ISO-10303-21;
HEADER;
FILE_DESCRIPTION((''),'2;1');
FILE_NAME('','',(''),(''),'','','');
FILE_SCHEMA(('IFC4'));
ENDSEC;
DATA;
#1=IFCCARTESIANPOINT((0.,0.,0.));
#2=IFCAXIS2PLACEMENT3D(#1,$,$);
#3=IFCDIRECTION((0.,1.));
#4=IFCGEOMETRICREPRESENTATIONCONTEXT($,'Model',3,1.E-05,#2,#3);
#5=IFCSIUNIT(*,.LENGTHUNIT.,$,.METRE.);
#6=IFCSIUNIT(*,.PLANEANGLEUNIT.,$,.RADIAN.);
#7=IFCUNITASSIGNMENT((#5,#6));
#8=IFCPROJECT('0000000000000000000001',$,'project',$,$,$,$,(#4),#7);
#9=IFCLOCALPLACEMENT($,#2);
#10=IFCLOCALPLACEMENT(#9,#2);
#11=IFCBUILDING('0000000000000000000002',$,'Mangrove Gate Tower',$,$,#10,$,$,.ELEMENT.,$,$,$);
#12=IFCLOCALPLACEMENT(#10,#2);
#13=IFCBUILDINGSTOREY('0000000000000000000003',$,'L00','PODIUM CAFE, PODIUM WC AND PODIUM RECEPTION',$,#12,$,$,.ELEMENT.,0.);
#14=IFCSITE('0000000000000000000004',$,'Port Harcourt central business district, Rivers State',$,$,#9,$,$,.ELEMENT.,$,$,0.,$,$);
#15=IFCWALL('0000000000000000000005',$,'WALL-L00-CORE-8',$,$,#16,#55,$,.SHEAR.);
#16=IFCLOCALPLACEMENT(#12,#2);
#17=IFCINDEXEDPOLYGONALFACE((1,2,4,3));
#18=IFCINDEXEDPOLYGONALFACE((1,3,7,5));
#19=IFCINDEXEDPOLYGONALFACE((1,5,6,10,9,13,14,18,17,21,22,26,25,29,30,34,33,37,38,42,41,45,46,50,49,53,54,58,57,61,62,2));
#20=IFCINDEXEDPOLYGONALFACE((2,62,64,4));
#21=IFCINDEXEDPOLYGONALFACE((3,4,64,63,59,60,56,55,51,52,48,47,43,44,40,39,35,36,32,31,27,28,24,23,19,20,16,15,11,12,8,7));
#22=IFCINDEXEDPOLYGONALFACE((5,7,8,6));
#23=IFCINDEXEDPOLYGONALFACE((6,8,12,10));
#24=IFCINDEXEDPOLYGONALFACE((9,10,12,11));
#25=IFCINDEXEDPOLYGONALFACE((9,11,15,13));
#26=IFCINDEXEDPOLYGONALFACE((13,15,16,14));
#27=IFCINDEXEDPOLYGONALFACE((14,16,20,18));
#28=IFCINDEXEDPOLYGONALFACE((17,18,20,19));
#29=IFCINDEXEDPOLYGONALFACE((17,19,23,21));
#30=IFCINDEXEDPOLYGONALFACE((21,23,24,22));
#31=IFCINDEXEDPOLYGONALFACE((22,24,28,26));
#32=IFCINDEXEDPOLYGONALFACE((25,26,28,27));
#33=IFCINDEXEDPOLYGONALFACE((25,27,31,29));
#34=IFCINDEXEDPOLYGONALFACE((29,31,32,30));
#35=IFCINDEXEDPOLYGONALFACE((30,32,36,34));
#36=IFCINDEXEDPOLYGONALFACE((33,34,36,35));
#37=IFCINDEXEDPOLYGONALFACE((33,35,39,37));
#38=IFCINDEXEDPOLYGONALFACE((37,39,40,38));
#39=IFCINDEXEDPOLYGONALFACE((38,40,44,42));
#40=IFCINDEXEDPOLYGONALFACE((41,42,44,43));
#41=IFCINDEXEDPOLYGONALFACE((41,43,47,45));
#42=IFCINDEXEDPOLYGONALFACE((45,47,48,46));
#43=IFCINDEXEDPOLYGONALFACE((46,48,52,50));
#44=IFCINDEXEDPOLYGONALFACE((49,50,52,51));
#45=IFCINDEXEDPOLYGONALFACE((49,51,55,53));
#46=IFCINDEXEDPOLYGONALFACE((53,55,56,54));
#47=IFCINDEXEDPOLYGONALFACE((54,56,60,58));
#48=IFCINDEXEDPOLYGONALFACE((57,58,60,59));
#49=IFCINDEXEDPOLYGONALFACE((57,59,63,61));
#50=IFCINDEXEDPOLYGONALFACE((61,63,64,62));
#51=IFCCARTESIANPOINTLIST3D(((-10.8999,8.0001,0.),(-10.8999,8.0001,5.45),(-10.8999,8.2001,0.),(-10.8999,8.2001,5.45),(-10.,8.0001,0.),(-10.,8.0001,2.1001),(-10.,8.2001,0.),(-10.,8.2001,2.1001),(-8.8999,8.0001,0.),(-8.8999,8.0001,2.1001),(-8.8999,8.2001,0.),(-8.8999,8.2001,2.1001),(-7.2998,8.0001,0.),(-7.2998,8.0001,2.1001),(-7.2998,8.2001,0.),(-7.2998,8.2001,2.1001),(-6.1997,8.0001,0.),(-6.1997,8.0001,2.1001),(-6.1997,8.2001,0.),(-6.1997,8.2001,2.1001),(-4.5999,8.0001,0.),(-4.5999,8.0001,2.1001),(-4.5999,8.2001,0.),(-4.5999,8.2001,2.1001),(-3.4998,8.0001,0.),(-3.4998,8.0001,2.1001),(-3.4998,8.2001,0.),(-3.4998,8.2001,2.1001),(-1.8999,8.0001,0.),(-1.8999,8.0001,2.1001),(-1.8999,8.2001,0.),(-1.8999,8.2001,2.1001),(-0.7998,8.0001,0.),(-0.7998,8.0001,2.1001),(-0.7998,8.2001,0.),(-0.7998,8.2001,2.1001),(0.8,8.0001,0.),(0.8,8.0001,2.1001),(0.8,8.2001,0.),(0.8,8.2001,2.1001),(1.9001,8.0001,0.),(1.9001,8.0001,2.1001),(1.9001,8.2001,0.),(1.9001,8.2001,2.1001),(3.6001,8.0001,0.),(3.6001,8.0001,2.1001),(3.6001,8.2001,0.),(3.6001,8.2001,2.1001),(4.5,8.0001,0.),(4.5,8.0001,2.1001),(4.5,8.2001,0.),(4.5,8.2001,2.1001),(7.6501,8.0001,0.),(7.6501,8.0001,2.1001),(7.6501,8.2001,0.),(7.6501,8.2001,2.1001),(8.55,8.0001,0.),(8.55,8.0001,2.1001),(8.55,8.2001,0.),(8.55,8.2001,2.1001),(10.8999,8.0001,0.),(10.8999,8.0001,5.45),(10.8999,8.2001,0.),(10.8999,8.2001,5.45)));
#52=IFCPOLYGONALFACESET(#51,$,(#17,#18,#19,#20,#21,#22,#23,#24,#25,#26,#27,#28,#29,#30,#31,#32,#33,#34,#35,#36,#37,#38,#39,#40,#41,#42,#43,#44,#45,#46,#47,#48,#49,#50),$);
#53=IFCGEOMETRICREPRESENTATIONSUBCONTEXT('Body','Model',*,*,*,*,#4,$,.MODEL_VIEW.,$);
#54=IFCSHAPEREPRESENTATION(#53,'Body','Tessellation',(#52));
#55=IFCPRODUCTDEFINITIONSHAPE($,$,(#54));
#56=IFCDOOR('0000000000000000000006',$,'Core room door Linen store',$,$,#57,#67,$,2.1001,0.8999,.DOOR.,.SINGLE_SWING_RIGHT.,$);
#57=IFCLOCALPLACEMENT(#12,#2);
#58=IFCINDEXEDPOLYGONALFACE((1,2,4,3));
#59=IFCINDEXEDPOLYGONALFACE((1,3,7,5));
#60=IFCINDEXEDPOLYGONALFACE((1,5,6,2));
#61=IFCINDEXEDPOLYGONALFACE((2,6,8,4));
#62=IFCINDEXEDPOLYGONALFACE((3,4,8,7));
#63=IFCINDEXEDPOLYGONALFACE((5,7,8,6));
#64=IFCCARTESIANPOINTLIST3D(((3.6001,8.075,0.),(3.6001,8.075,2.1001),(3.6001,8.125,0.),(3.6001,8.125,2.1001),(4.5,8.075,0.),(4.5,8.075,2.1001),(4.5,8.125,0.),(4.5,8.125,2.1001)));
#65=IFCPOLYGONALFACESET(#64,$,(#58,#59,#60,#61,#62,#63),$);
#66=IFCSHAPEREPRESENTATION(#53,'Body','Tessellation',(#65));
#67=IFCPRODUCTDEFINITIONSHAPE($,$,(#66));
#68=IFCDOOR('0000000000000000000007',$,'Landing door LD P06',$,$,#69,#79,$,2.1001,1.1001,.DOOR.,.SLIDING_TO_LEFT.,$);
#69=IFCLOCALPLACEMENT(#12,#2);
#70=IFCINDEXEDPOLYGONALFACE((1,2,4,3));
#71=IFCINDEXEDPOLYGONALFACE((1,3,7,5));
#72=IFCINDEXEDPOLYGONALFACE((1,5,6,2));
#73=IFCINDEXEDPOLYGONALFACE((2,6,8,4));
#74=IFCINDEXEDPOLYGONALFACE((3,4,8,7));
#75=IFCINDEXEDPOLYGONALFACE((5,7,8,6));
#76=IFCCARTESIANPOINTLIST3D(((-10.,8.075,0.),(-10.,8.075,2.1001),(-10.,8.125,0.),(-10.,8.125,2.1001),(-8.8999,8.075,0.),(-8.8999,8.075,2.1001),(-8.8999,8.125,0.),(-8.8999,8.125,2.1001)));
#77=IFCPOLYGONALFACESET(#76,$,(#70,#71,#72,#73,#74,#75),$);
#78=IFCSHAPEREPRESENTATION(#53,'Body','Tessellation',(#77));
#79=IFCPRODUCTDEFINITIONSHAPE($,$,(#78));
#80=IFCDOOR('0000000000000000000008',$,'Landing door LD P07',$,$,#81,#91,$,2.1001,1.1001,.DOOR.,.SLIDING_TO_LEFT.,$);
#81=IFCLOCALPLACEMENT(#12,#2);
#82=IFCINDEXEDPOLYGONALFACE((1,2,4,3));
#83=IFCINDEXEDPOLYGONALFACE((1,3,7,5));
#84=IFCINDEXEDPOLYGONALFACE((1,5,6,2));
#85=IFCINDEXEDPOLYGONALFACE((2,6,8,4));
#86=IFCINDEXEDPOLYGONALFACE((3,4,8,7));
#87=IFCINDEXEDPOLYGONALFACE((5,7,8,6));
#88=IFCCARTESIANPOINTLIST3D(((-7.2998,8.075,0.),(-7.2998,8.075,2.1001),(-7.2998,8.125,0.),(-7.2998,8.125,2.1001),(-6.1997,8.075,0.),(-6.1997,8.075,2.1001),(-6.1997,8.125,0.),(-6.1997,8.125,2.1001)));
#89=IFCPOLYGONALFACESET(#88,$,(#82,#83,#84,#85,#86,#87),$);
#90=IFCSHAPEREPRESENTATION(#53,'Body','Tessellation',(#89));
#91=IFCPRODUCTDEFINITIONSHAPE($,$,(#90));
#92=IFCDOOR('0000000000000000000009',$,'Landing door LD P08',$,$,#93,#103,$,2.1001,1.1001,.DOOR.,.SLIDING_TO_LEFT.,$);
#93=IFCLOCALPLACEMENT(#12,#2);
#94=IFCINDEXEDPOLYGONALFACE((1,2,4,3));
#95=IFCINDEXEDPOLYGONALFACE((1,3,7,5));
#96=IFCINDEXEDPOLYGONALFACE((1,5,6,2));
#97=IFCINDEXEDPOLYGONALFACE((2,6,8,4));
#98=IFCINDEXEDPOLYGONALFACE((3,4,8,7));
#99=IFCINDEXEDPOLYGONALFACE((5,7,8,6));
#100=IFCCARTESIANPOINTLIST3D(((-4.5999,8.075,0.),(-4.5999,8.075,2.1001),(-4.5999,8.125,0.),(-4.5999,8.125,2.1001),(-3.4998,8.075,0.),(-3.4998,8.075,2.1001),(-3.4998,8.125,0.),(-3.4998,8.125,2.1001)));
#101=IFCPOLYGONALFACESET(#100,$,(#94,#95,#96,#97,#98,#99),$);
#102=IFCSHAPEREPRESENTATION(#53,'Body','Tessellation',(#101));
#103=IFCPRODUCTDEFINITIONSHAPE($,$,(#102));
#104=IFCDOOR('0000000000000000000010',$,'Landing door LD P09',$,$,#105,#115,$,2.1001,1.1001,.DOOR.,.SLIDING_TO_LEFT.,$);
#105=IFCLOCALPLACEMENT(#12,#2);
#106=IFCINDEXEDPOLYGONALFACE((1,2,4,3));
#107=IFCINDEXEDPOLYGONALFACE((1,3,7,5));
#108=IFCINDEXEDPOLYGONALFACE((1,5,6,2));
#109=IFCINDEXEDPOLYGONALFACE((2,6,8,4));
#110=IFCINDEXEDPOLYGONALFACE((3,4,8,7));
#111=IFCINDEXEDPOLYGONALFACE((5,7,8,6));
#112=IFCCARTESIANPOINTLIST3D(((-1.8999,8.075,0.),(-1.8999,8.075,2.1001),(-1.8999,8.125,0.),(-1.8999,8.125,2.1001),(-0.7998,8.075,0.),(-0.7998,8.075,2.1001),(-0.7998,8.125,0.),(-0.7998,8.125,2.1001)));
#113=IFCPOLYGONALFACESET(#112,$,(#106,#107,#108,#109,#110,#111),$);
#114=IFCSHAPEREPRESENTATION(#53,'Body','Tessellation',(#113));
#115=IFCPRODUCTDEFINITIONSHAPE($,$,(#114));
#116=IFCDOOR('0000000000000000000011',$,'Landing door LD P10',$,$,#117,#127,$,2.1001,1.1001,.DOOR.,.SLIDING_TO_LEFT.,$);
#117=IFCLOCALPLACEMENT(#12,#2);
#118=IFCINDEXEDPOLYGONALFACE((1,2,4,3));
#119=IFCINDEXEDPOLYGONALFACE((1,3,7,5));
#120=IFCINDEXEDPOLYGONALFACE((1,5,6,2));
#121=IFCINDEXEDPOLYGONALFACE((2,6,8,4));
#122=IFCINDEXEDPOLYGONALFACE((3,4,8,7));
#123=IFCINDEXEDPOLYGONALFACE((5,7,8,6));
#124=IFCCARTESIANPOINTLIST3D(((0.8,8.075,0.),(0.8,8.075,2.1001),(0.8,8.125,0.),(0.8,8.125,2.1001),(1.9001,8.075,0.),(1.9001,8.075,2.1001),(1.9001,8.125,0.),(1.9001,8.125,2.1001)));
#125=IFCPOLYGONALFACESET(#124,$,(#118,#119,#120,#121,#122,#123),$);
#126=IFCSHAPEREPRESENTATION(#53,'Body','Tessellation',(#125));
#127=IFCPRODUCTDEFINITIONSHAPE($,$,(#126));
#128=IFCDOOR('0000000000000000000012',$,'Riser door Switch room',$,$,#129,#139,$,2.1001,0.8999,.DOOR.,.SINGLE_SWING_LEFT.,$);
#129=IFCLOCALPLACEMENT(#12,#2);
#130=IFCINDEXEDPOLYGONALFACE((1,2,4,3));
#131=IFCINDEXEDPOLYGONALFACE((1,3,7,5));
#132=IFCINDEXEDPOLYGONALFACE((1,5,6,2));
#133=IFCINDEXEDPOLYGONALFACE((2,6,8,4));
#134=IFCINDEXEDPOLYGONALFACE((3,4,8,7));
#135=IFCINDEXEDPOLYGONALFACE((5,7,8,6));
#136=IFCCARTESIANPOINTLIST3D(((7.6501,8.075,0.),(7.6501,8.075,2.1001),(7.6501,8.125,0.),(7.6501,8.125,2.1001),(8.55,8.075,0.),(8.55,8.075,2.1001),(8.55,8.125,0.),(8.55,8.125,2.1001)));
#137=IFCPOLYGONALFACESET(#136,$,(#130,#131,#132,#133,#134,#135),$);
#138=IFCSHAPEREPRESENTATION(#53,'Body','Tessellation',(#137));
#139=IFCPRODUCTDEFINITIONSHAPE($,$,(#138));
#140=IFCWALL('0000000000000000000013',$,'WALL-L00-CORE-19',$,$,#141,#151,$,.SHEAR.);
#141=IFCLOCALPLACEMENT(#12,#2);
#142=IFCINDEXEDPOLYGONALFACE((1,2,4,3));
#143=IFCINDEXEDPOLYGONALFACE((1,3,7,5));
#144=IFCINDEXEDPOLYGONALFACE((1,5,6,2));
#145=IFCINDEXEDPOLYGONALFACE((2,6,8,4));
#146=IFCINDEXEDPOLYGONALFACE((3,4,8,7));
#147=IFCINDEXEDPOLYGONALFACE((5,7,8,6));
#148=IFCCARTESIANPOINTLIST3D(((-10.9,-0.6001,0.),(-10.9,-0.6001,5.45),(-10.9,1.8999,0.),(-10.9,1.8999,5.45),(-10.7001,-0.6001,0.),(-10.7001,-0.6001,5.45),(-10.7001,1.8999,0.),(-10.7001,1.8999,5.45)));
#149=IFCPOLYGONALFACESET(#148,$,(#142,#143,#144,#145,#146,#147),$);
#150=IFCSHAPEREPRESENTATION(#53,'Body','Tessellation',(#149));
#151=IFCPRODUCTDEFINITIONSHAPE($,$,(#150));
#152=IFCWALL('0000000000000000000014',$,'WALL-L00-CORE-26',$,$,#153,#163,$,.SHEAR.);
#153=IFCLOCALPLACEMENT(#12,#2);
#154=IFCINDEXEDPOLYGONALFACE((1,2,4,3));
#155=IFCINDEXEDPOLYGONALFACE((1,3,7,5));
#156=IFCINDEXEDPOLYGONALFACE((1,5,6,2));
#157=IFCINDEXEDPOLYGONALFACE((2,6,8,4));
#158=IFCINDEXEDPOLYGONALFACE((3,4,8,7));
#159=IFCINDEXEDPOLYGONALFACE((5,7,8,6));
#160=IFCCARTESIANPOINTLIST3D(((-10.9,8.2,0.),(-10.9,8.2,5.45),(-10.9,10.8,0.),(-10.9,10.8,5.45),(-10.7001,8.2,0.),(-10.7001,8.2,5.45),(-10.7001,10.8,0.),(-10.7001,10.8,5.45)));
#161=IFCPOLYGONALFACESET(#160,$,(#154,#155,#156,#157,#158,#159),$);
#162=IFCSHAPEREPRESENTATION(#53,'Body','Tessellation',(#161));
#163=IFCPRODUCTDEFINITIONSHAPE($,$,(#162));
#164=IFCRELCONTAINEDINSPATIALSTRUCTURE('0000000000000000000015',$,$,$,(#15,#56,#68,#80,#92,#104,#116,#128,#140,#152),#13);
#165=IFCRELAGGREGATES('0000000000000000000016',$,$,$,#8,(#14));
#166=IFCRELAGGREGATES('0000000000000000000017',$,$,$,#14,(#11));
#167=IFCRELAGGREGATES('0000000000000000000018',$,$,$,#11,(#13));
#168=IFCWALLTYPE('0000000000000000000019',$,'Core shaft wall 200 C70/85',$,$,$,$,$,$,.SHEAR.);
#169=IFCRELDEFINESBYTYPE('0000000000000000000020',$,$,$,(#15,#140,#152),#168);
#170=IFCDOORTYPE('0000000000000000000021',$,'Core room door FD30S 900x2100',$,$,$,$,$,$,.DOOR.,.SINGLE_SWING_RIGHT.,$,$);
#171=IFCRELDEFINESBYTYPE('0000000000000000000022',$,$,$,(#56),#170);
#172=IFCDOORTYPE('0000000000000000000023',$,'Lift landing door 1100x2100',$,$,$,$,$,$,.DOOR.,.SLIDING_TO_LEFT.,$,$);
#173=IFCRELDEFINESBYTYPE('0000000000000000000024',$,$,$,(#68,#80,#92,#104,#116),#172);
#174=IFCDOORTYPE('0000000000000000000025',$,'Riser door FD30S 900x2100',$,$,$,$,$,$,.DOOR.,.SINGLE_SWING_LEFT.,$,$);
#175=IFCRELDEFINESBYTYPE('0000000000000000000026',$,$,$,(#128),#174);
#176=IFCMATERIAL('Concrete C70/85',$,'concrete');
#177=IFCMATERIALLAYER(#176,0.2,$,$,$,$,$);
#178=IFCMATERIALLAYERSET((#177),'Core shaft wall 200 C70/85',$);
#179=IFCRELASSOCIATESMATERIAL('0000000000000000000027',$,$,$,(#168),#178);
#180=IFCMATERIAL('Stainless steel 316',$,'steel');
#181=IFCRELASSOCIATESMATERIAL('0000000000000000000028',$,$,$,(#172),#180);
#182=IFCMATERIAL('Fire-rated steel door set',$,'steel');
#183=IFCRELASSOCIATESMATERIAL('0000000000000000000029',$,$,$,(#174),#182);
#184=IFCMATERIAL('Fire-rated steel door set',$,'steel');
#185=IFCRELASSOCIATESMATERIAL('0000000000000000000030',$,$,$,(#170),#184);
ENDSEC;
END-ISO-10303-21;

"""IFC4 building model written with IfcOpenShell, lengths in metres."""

from ifc_helpers import new_model, si_unit, direction, frame, frame_2d, origin, place, context, subcontext, project, spatial, rectangle, extrude, material, layer, layer_set, type_object, element, fill, save


model = new_model("IFC4")

# Units and contexts
model_context = context("Model", 3, precision=1e-05, world=origin(), true_north=direction((0.0, 1.0)))
body_context = subcontext(model_context, "Body", "Model", "MODEL_VIEW")
ifc_project = project(units=[si_unit("LENGTHUNIT", "METRE"), si_unit("PLANEANGLEUNIT", "RADIAN")], contexts=[model_context])

# Site, building, storey
site_placement = place(None, origin())
site = spatial("IfcSite", under=ifc_project, at=site_placement, Name="Port Harcourt central business district, Rivers State", CompositionType="ELEMENT", RefElevation=0.0)
building_placement = place(site_placement, origin())
building = spatial("IfcBuilding", under=site, at=building_placement, Name="Mangrove Gate Tower", CompositionType="ELEMENT")
storey_placement = place(building_placement, origin())
storey = spatial("IfcBuildingStorey", under=building, at=storey_placement, Name="L00", Description="PODIUM CAFE, PODIUM WC AND PODIUM RECEPTION", CompositionType="ELEMENT", Elevation=0.0)

# Shared definitions
ifc_material_1 = material(Name="Concrete C70/85", Category="concrete")
ifc_layer = layer(ifc_material_1, 0.2)
ifc_layer_set = layer_set([ifc_layer], Name="Core shaft wall 200 C70/85")
wall_type = type_object("IfcWallType", Name="Core shaft wall 200 C70/85", PredefinedType="SHEAR", material=ifc_layer_set)

# Wall, openings, doors
ifc_material_2 = material(Name="Stainless steel 316", Category="steel")
door_type_1 = type_object("IfcDoorType", Name="Lift landing door 1100x2100", OperationType="SLIDING_TO_LEFT", PredefinedType="DOOR", material=ifc_material_2)
ifc_material_3 = material(Name="Fire-rated steel door set", Category="steel")
door_type_2 = type_object("IfcDoorType", Name="Riser door FD30S 900x2100", OperationType="SINGLE_SWING_LEFT", PredefinedType="DOOR", material=ifc_material_3)
wall_1_placement = place(storey_placement, frame((-10.8999, 8.1001, 0.0), z_axis=(0.0, 0.0, 1.0), x_axis=(1.0, 0.0, 0.0)))
wall_1 = element("IfcWall", 1, at=wall_1_placement, inside=storey, type_object=wall_type, Name="WALL-L00-CORE-8", PredefinedType="SHEAR", context=body_context, shape_type="SweptSolid", body=[
    extrude(rectangle(XDim=21.7998, YDim=0.2, at=frame_2d((10.8999, 0.0))), origin(), (0.0, 0.0, 1.0), 5.45),
])
opening_1_placement = place(wall_1_placement, frame((0.8999, 0.0, 0.0)))
opening_1 = element("IfcOpeningElement", 2, at=opening_1_placement, cuts=wall_1, PredefinedType="OPENING", context=body_context, shape_type="SweptSolid", body=[
    extrude(rectangle(XDim=1.1001, YDim=2.1001, at=frame_2d((0.55, 1.05))), frame((0.0, 0.1099, 0.0), z_axis=(0.0, -1.0, 0.0), x_axis=(1.0, 0.0, 0.0)), (0.0, 0.0, 1.0), 0.22),
])
opening_2_placement = place(wall_1_placement, frame((3.6001, 0.0, 0.0)))
opening_2 = element("IfcOpeningElement", 3, at=opening_2_placement, cuts=wall_1, PredefinedType="OPENING", context=body_context, shape_type="SweptSolid", body=[
    extrude(rectangle(XDim=1.1001, YDim=2.1001, at=frame_2d((0.55, 1.05))), frame((0.0, 0.1099, 0.0), z_axis=(0.0, -1.0, 0.0), x_axis=(1.0, 0.0, 0.0)), (0.0, 0.0, 1.0), 0.22),
])
opening_3_placement = place(wall_1_placement, frame((6.3, 0.0, 0.0)))
opening_3 = element("IfcOpeningElement", 4, at=opening_3_placement, cuts=wall_1, PredefinedType="OPENING", context=body_context, shape_type="SweptSolid", body=[
    extrude(rectangle(XDim=1.1001, YDim=2.1001, at=frame_2d((0.55, 1.05))), frame((0.0, 0.1099, 0.0), z_axis=(0.0, -1.0, 0.0), x_axis=(1.0, 0.0, 0.0)), (0.0, 0.0, 1.0), 0.22),
])
opening_4_placement = place(wall_1_placement, frame((9.0, 0.0, 0.0)))
opening_4 = element("IfcOpeningElement", 5, at=opening_4_placement, cuts=wall_1, PredefinedType="OPENING", context=body_context, shape_type="SweptSolid", body=[
    extrude(rectangle(XDim=1.1001, YDim=2.1001, at=frame_2d((0.55, 1.05))), frame((0.0, 0.1099, 0.0), z_axis=(0.0, -1.0, 0.0), x_axis=(1.0, 0.0, 0.0)), (0.0, 0.0, 1.0), 0.22),
])
opening_5_placement = place(wall_1_placement, frame((11.7, 0.0, 0.0)))
opening_5 = element("IfcOpeningElement", 6, at=opening_5_placement, cuts=wall_1, PredefinedType="OPENING", context=body_context, shape_type="SweptSolid", body=[
    extrude(rectangle(XDim=1.1001, YDim=2.1001, at=frame_2d((0.55, 1.05))), frame((0.0, 0.1099, 0.0), z_axis=(0.0, -1.0, 0.0), x_axis=(1.0, 0.0, 0.0)), (0.0, 0.0, 1.0), 0.22),
])
opening_6_placement = place(wall_1_placement, frame((14.5, 0.0, 0.0)))
opening_6 = element("IfcOpeningElement", 7, at=opening_6_placement, cuts=wall_1, PredefinedType="OPENING", context=body_context, shape_type="SweptSolid", body=[
    extrude(rectangle(XDim=0.8999, YDim=2.1001, at=frame_2d((0.45, 1.05))), frame((0.0, 0.1099, 0.0), z_axis=(0.0, -1.0, 0.0), x_axis=(1.0, 0.0, 0.0)), (0.0, 0.0, 1.0), 0.22),
])
opening_7_placement = place(wall_1_placement, frame((18.55, 0.0, 0.0)))
opening_7 = element("IfcOpeningElement", 8, at=opening_7_placement, cuts=wall_1, PredefinedType="OPENING", context=body_context, shape_type="SweptSolid", body=[
    extrude(rectangle(XDim=0.8999, YDim=2.1001, at=frame_2d((0.45, 1.05))), frame((0.0, 0.1099, 0.0), z_axis=(0.0, -1.0, 0.0), x_axis=(1.0, 0.0, 0.0)), (0.0, 0.0, 1.0), 0.22),
])
ifc_material_4 = material(Name="Fire-rated steel door set", Category="steel")
door_type_3 = type_object("IfcDoorType", Name="Core room door FD30S 900x2100", OperationType="SINGLE_SWING_RIGHT", PredefinedType="DOOR", material=ifc_material_4)
door_1_placement = place(opening_6_placement, origin())
door_1 = element("IfcDoor", 9, at=door_1_placement, inside=storey, type_object=door_type_3, Name="Core room door Linen store", OperationType="SINGLE_SWING_RIGHT", OverallHeight=2.1001, OverallWidth=0.8999, PredefinedType="DOOR", context=body_context, shape_type="SweptSolid", body=[
    extrude(rectangle(XDim=0.8999, YDim=2.1001, at=frame_2d((0.45, 1.05))), frame((0.0, 0.0249, 0.0), z_axis=(0.0, -1.0, 0.0), x_axis=(1.0, 0.0, 0.0)), (0.0, 0.0, 1.0), 0.05),
])
fill(opening_6, door_1)
door_2_placement = place(opening_1_placement, origin())
door_2 = element("IfcDoor", 10, at=door_2_placement, inside=storey, type_object=door_type_1, Name="Landing door LD P06", OperationType="SLIDING_TO_LEFT", OverallHeight=2.1001, OverallWidth=1.1001, PredefinedType="DOOR", context=body_context, shape_type="SweptSolid", body=[
    extrude(rectangle(XDim=1.1001, YDim=2.1001, at=frame_2d((0.55, 1.05))), frame((0.0, 0.0249, 0.0), z_axis=(0.0, -1.0, 0.0), x_axis=(1.0, 0.0, 0.0)), (0.0, 0.0, 1.0), 0.05),
])
fill(opening_1, door_2)
door_3_placement = place(opening_2_placement, origin())
door_3 = element("IfcDoor", 11, at=door_3_placement, inside=storey, type_object=door_type_1, Name="Landing door LD P07", OperationType="SLIDING_TO_LEFT", OverallHeight=2.1001, OverallWidth=1.1001, PredefinedType="DOOR", context=body_context, shape_type="SweptSolid", body=[
    extrude(rectangle(XDim=1.1001, YDim=2.1001, at=frame_2d((0.55, 1.05))), frame((0.0, 0.0249, 0.0), z_axis=(0.0, -1.0, 0.0), x_axis=(1.0, 0.0, 0.0)), (0.0, 0.0, 1.0), 0.05),
])
fill(opening_2, door_3)
door_4_placement = place(opening_3_placement, origin())
door_4 = element("IfcDoor", 12, at=door_4_placement, inside=storey, type_object=door_type_1, Name="Landing door LD P08", OperationType="SLIDING_TO_LEFT", OverallHeight=2.1001, OverallWidth=1.1001, PredefinedType="DOOR", context=body_context, shape_type="SweptSolid", body=[
    extrude(rectangle(XDim=1.1001, YDim=2.1001, at=frame_2d((0.55, 1.05))), frame((0.0, 0.0249, 0.0), z_axis=(0.0, -1.0, 0.0), x_axis=(1.0, 0.0, 0.0)), (0.0, 0.0, 1.0), 0.05),
])
fill(opening_3, door_4)
door_5_placement = place(opening_4_placement, origin())
door_5 = element("IfcDoor", 13, at=door_5_placement, inside=storey, type_object=door_type_1, Name="Landing door LD P09", OperationType="SLIDING_TO_LEFT", OverallHeight=2.1001, OverallWidth=1.1001, PredefinedType="DOOR", context=body_context, shape_type="SweptSolid", body=[
    extrude(rectangle(XDim=1.1001, YDim=2.1001, at=frame_2d((0.55, 1.05))), frame((0.0, 0.0249, 0.0), z_axis=(0.0, -1.0, 0.0), x_axis=(1.0, 0.0, 0.0)), (0.0, 0.0, 1.0), 0.05),
])
fill(opening_4, door_5)
door_6_placement = place(opening_5_placement, origin())
door_6 = element("IfcDoor", 14, at=door_6_placement, inside=storey, type_object=door_type_1, Name="Landing door LD P10", OperationType="SLIDING_TO_LEFT", OverallHeight=2.1001, OverallWidth=1.1001, PredefinedType="DOOR", context=body_context, shape_type="SweptSolid", body=[
    extrude(rectangle(XDim=1.1001, YDim=2.1001, at=frame_2d((0.55, 1.05))), frame((0.0, 0.0249, 0.0), z_axis=(0.0, -1.0, 0.0), x_axis=(1.0, 0.0, 0.0)), (0.0, 0.0, 1.0), 0.05),
])
fill(opening_5, door_6)
door_7_placement = place(opening_7_placement, origin())
door_7 = element("IfcDoor", 15, at=door_7_placement, inside=storey, type_object=door_type_2, Name="Riser door Switch room", OperationType="SINGLE_SWING_LEFT", OverallHeight=2.1001, OverallWidth=0.8999, PredefinedType="DOOR", context=body_context, shape_type="SweptSolid", body=[
    extrude(rectangle(XDim=0.8999, YDim=2.1001, at=frame_2d((0.45, 1.05))), frame((0.0, 0.0249, 0.0), z_axis=(0.0, -1.0, 0.0), x_axis=(1.0, 0.0, 0.0)), (0.0, 0.0, 1.0), 0.05),
])
fill(opening_7, door_7)

# Walls
wall_2_placement = place(storey_placement, frame((-10.8, -0.6001, 0.0), z_axis=(0.0, 0.0, 1.0), x_axis=(0.0, 1.0, 0.0)))
element("IfcWall", 16, at=wall_2_placement, inside=storey, type_object=wall_type, Name="WALL-L00-CORE-19", PredefinedType="SHEAR", context=body_context, shape_type="SweptSolid", body=[
    extrude(rectangle(XDim=2.5, YDim=0.2, at=frame_2d((1.25, 0.0))), origin(), (0.0, 0.0, 1.0), 5.45),
])
wall_3_placement = place(storey_placement, frame((-10.8, 8.2, 0.0), z_axis=(0.0, 0.0, 1.0), x_axis=(0.0, 1.0, 0.0)))
element("IfcWall", 17, at=wall_3_placement, inside=storey, type_object=wall_type, Name="WALL-L00-CORE-26", PredefinedType="SHEAR", context=body_context, shape_type="SweptSolid", body=[
    extrude(rectangle(XDim=2.6001, YDim=0.2, at=frame_2d((1.3, 0.0))), origin(), (0.0, 0.0, 1.0), 5.45),
])

save(model, "model.ifc")
